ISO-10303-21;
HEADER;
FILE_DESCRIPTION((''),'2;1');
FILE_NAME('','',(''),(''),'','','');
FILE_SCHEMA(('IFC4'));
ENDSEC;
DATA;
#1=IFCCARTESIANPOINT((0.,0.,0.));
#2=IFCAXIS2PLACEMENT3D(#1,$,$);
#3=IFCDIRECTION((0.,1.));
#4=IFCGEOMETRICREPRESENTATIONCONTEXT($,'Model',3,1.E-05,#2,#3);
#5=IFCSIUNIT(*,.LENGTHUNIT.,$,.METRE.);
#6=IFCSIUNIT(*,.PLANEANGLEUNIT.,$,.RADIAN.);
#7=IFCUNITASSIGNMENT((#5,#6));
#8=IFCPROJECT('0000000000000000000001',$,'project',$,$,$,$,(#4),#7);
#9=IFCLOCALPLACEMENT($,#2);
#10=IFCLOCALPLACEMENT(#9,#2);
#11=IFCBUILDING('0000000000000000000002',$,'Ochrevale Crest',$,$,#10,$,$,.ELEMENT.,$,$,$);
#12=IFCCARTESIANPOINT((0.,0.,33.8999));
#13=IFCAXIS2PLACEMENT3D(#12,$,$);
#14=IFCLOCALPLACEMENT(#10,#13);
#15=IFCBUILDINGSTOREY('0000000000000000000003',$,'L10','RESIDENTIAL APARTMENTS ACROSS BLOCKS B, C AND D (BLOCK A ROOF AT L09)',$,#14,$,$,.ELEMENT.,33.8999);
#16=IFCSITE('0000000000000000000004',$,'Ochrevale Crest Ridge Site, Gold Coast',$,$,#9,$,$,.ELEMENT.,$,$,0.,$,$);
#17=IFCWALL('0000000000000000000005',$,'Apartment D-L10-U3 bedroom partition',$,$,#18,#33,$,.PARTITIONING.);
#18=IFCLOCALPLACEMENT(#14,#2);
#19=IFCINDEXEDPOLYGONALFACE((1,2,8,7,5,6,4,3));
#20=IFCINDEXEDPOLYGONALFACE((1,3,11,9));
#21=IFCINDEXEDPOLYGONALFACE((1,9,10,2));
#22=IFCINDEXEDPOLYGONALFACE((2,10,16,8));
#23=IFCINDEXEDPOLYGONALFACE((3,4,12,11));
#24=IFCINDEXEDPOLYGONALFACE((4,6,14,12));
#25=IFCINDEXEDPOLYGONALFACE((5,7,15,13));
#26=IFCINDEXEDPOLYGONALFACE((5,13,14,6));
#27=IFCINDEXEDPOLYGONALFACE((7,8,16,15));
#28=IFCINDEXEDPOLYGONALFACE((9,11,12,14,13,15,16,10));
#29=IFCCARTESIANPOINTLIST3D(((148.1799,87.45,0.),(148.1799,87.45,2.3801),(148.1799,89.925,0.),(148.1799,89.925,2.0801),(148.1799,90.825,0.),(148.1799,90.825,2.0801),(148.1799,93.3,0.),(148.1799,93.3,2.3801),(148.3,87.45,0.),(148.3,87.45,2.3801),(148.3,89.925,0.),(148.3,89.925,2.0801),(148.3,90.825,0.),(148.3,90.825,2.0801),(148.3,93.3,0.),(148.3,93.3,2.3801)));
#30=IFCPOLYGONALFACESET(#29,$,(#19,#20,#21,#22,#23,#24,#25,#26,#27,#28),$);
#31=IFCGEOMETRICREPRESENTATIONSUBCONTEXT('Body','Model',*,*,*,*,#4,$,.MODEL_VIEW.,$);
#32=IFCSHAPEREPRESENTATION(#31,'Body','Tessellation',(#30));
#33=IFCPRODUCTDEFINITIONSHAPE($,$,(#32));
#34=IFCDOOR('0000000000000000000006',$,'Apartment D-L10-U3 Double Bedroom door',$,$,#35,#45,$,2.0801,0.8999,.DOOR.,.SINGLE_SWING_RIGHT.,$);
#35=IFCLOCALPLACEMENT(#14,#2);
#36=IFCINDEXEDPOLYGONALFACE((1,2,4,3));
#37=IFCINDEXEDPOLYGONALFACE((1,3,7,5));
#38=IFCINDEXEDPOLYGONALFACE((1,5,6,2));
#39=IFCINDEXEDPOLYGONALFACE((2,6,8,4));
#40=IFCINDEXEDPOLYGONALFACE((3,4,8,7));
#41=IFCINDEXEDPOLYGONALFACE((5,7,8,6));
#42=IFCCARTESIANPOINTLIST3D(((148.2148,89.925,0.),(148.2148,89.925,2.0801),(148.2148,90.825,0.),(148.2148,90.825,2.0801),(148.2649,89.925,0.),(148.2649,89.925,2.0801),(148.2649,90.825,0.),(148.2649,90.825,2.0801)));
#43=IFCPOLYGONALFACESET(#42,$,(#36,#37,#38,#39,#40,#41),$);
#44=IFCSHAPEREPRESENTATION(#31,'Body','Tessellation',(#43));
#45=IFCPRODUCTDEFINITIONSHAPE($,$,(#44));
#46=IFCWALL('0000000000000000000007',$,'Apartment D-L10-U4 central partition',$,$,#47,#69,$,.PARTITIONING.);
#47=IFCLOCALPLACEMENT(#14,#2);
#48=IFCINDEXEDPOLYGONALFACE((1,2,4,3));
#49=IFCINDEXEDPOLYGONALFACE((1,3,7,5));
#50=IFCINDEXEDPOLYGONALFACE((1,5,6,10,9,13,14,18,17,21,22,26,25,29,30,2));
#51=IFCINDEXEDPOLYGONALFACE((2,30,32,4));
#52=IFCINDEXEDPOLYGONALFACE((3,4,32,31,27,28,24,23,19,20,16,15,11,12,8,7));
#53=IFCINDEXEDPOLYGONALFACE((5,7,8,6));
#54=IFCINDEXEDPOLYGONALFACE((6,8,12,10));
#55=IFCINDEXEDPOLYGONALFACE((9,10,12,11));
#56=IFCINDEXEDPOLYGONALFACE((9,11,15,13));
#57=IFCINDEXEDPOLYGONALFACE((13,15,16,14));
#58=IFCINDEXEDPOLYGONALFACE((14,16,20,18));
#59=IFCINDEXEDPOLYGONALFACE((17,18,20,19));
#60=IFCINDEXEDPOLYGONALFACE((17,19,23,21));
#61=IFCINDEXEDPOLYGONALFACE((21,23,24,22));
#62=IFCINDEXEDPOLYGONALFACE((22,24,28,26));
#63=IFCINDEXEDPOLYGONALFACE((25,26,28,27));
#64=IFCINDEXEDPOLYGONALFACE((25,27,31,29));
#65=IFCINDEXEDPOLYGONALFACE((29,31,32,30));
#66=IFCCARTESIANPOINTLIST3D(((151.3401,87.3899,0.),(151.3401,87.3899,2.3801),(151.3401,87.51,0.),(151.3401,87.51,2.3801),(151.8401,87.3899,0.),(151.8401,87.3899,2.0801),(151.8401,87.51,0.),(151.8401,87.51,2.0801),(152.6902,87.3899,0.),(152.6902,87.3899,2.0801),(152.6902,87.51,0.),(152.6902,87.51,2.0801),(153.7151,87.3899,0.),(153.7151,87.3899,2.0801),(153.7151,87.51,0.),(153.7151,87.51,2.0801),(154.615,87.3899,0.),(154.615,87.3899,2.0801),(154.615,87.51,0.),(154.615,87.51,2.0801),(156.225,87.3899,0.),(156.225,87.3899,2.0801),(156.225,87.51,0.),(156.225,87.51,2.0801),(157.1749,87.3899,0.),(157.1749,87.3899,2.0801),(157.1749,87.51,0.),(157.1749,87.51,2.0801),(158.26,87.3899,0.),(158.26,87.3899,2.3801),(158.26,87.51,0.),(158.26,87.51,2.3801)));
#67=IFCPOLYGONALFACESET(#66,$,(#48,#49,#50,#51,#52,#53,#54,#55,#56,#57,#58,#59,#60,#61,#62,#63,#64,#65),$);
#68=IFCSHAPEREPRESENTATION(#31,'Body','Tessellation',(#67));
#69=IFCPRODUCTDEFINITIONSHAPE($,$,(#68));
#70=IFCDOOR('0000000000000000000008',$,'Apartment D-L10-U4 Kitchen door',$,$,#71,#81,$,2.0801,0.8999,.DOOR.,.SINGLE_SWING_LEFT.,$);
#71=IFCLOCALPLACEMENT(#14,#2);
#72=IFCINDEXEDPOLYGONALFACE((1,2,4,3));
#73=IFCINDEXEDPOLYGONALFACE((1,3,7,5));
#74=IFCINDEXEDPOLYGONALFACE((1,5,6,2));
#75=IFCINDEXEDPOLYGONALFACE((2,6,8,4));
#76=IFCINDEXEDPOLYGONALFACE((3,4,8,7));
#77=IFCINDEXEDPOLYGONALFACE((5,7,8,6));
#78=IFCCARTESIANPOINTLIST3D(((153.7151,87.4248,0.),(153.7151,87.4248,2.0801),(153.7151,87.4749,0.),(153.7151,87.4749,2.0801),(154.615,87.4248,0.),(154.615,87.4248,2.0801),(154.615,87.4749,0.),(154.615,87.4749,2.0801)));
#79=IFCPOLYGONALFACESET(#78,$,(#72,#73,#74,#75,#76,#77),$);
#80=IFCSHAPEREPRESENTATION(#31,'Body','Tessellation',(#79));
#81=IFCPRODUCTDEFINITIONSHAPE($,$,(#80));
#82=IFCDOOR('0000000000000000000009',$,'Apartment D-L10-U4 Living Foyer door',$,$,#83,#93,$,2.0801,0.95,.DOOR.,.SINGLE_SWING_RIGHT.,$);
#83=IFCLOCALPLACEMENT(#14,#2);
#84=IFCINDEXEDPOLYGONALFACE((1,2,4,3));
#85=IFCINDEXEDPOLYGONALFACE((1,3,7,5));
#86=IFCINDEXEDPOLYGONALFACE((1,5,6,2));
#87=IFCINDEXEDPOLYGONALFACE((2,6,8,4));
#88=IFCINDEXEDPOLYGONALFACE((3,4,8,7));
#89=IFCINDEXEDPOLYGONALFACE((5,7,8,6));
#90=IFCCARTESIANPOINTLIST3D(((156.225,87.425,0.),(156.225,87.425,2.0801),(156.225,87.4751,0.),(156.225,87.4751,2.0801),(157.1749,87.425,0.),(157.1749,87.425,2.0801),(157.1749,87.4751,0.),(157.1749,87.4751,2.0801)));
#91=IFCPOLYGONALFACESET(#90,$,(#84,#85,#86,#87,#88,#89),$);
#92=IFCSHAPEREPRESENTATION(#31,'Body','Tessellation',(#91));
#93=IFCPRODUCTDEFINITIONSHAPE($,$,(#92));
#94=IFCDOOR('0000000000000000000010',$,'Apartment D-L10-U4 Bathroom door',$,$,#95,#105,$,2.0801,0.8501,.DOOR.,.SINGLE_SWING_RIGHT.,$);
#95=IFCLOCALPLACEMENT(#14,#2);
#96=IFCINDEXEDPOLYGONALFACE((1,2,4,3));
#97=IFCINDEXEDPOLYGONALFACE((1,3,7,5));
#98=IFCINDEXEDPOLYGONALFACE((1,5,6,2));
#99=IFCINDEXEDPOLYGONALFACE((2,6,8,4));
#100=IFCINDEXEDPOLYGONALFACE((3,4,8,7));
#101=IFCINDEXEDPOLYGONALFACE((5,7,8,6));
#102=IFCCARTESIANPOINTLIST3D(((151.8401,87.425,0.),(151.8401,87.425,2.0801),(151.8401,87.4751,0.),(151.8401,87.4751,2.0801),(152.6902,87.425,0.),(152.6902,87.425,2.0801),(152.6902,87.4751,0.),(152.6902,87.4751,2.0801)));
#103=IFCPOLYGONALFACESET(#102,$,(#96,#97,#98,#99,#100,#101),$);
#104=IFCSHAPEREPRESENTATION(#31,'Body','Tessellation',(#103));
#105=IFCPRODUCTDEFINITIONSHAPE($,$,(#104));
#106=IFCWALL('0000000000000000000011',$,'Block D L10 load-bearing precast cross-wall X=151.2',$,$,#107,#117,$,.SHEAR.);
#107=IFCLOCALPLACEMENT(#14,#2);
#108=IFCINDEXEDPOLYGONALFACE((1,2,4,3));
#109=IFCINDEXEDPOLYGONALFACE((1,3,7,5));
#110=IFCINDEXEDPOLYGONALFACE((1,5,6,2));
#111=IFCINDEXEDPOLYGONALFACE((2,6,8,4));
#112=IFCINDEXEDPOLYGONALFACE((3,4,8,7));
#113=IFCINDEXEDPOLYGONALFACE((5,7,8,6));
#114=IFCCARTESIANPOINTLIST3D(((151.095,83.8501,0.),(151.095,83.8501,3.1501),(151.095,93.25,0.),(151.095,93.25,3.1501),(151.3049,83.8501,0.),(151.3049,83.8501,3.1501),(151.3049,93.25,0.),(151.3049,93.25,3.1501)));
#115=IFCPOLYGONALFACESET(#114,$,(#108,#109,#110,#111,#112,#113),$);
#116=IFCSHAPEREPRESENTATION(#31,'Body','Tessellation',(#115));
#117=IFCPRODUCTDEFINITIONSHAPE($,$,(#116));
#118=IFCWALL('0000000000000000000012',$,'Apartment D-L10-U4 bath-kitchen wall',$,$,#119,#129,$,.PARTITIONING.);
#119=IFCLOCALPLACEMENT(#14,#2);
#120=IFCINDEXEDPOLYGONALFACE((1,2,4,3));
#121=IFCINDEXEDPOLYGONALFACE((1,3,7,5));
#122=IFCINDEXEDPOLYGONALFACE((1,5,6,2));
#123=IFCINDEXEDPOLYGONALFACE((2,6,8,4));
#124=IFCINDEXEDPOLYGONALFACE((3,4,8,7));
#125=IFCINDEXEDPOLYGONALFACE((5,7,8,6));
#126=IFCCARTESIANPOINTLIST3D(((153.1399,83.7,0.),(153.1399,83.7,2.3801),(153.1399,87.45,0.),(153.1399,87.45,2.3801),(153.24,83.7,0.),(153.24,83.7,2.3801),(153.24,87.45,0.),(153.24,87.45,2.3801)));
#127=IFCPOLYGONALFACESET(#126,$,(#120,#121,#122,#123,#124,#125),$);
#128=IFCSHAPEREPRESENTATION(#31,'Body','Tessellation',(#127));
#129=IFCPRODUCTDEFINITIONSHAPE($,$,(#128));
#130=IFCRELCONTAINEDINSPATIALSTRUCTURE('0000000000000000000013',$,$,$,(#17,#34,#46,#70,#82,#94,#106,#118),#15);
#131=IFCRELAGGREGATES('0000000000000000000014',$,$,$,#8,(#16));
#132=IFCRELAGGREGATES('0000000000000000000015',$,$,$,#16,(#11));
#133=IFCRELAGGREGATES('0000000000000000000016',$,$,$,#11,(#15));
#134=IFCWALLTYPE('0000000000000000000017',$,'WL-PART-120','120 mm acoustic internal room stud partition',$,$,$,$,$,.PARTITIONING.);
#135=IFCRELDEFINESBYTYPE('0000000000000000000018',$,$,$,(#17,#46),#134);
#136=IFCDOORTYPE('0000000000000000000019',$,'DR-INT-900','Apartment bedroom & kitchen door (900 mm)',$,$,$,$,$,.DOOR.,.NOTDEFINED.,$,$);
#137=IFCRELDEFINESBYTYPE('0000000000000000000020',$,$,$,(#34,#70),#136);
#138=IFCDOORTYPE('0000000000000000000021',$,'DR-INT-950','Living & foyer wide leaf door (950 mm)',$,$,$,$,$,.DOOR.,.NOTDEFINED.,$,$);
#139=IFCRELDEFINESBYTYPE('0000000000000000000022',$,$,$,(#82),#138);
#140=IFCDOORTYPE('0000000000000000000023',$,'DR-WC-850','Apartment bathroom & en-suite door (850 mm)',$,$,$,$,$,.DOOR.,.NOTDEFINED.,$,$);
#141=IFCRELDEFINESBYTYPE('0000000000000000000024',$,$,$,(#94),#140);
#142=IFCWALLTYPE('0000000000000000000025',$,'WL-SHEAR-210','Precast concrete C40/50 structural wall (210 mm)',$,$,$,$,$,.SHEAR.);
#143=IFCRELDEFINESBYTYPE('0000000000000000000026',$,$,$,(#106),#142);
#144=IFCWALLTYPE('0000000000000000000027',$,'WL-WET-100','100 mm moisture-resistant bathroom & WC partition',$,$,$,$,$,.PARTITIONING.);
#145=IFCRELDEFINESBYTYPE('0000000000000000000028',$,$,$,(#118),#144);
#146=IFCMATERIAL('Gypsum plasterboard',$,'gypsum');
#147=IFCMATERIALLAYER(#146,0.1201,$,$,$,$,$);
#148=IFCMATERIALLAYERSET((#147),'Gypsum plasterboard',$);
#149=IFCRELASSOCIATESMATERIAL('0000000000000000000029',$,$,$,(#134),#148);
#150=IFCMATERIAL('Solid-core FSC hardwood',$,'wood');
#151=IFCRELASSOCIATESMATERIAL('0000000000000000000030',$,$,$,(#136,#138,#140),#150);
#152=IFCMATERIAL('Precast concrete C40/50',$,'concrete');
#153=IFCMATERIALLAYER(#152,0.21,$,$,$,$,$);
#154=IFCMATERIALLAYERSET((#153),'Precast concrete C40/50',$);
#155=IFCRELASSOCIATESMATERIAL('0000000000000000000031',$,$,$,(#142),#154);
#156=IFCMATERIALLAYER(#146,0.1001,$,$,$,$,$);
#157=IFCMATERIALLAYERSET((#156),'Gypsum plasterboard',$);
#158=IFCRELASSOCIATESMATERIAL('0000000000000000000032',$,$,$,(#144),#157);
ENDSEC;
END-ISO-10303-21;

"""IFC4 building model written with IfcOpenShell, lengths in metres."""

from ifc_helpers import new_model, si_unit, direction, frame, frame_2d, origin, place, context, subcontext, project, spatial, rectangle, extrude, material, layer, layer_set, type_object, element, fill, save


model = new_model("IFC4")

# Units and contexts
model_context = context("Model", 3, precision=1e-05, world=origin(), true_north=direction((0.0, 1.0)))
body_context = subcontext(model_context, "Body", "Model", "MODEL_VIEW")
ifc_project = project(units=[si_unit("LENGTHUNIT", "METRE"), si_unit("PLANEANGLEUNIT", "RADIAN")], contexts=[model_context])

# Site, building, storey
site_placement = place(None, origin())
site = spatial("IfcSite", under=ifc_project, at=site_placement, Name="Ochrevale Crest Ridge Site, Gold Coast", CompositionType="ELEMENT", RefElevation=0.0)
building_placement = place(site_placement, origin())
building = spatial("IfcBuilding", under=site, at=building_placement, Name="Ochrevale Crest", CompositionType="ELEMENT")
storey_placement = place(building_placement, frame((0.0, 0.0, 33.8999)))
storey = spatial("IfcBuildingStorey", under=building, at=storey_placement, Name="L10", Description="RESIDENTIAL APARTMENTS ACROSS BLOCKS B, C AND D (BLOCK A ROOF AT L09)", CompositionType="ELEMENT", Elevation=33.8999)

# Shared definitions
ifc_material_1 = material(Name="Gypsum plasterboard", Category="gypsum")
ifc_material_2 = material(Name="Solid-core FSC hardwood", Category="wood")

# Shared definitions
ifc_layer_1 = layer(ifc_material_1, 0.1201)
ifc_layer_set_1 = layer_set([ifc_layer_1], Name="Gypsum plasterboard")
wall_type_1 = type_object("IfcWallType", Name="WL-PART-120", Description="120 mm acoustic internal room stud partition", PredefinedType="PARTITIONING", material=ifc_layer_set_1)

# Wall, opening, door
wall_1_placement = place(storey_placement, frame((148.24, 87.45, 0.0), z_axis=(0.0, 0.0, 1.0), x_axis=(0.0, 1.0, 0.0)))
wall_1 = element("IfcWall", 1, at=wall_1_placement, inside=storey, type_object=wall_type_1, Name="Apartment D-L10-U3 bedroom partition", PredefinedType="PARTITIONING", context=body_context, shape_type="SweptSolid", body=[
    extrude(rectangle(XDim=5.8501, YDim=0.1201, at=frame_2d((2.925, 0.0))), origin(), (0.0, 0.0, 1.0), 2.3801),
])
opening_1_placement = place(wall_1_placement, frame((3.375, 0.0, 0.0), z_axis=(0.0, 0.0, 1.0), x_axis=(-1.0, 0.0, 0.0)))
opening_1 = element("IfcOpeningElement", 2, at=opening_1_placement, cuts=wall_1, PredefinedType="OPENING", context=body_context, shape_type="SweptSolid", body=[
    extrude(rectangle(XDim=0.8999, YDim=2.0801, at=frame_2d((0.45, 1.04))), frame((0.0, 0.0701, 0.0), z_axis=(0.0, -1.0, 0.0), x_axis=(1.0, 0.0, 0.0)), (0.0, 0.0, 1.0), 0.1401),
])
door_type_1 = type_object("IfcDoorType", Name="DR-INT-900", Description="Apartment bedroom & kitchen door (900 mm)", OperationType="NOTDEFINED", PredefinedType="DOOR", material=ifc_material_2)
door_1_placement = place(opening_1_placement, origin())
door_1 = element("IfcDoor", 3, at=door_1_placement, inside=storey, type_object=door_type_1, Name="Apartment D-L10-U3 Double Bedroom door", OperationType="SINGLE_SWING_RIGHT", OverallHeight=2.0801, OverallWidth=0.8999, PredefinedType="DOOR", context=body_context, shape_type="SweptSolid", body=[
    extrude(rectangle(XDim=0.8999, YDim=2.0801, at=frame_2d((0.45, 1.04))), frame((0.0, 0.0249, 0.0), z_axis=(0.0, -1.0, 0.0), x_axis=(1.0, 0.0, 0.0)), (0.0, 0.0, 1.0), 0.05),
])
fill(opening_1, door_1)

# Wall, openings, doors
wall_2_placement = place(storey_placement, frame((151.3401, 87.45, 0.0), z_axis=(0.0, 0.0, 1.0), x_axis=(1.0, 0.0, 0.0)))
wall_2 = element("IfcWall", 4, at=wall_2_placement, inside=storey, type_object=wall_type_1, Name="Apartment D-L10-U4 central partition", PredefinedType="PARTITIONING", context=body_context, shape_type="SweptSolid", body=[
    extrude(rectangle(XDim=6.9199, YDim=0.1201, at=frame_2d((3.46, 0.0))), origin(), (0.0, 0.0, 1.0), 2.3801),
])
opening_2_placement = place(wall_2_placement, frame((1.3501, 0.0, 0.0), z_axis=(0.0, 0.0, 1.0), x_axis=(-1.0, 0.0, 0.0)))
opening_2 = element("IfcOpeningElement", 5, at=opening_2_placement, cuts=wall_2, PredefinedType="OPENING", context=body_context, shape_type="SweptSolid", body=[
    extrude(rectangle(XDim=0.8501, YDim=2.0801, at=frame_2d((0.425, 1.04))), frame((0.0, 0.0701, 0.0), z_axis=(0.0, -1.0, 0.0), x_axis=(1.0, 0.0, 0.0)), (0.0, 0.0, 1.0), 0.1401),
])
opening_3_placement = place(wall_2_placement, frame((2.375, 0.0, 0.0)))
opening_3 = element("IfcOpeningElement", 6, at=opening_3_placement, cuts=wall_2, PredefinedType="OPENING", context=body_context, shape_type="SweptSolid", body=[
    extrude(rectangle(XDim=0.8999, YDim=2.0801, at=frame_2d((0.45, 1.04))), frame((0.0, 0.0701, 0.0), z_axis=(0.0, -1.0, 0.0), x_axis=(1.0, 0.0, 0.0)), (0.0, 0.0, 1.0), 0.1401),
])
opening_4_placement = place(wall_2_placement, frame((5.835, 0.0, 0.0), z_axis=(0.0, 0.0, 1.0), x_axis=(-1.0, 0.0, 0.0)))
opening_4 = element("IfcOpeningElement", 7, at=opening_4_placement, cuts=wall_2, PredefinedType="OPENING", context=body_context, shape_type="SweptSolid", body=[
    extrude(rectangle(XDim=0.95, YDim=2.0801, at=frame_2d((0.4751, 1.04))), frame((0.0, 0.0701, 0.0), z_axis=(0.0, -1.0, 0.0), x_axis=(1.0, 0.0, 0.0)), (0.0, 0.0, 1.0), 0.1401),
])
door_2_placement = place(opening_3_placement, origin())
door_2 = element("IfcDoor", 8, at=door_2_placement, inside=storey, type_object=door_type_1, Name="Apartment D-L10-U4 Kitchen door", OperationType="SINGLE_SWING_LEFT", OverallHeight=2.0801, OverallWidth=0.8999, PredefinedType="DOOR", context=body_context, shape_type="SweptSolid", body=[
    extrude(rectangle(XDim=0.8999, YDim=2.0801, at=frame_2d((0.45, 1.04))), frame((0.0, 0.0249, 0.0), z_axis=(0.0, -1.0, 0.0), x_axis=(1.0, 0.0, 0.0)), (0.0, 0.0, 1.0), 0.05),
])
fill(opening_3, door_2)
door_type_2 = type_object("IfcDoorType", Name="DR-INT-950", Description="Living & foyer wide leaf door (950 mm)", OperationType="NOTDEFINED", PredefinedType="DOOR", material=ifc_material_2)
door_3_placement = place(opening_4_placement, origin())
door_3 = element("IfcDoor", 9, at=door_3_placement, inside=storey, type_object=door_type_2, Name="Apartment D-L10-U4 Living Foyer door", OperationType="SINGLE_SWING_RIGHT", OverallHeight=2.0801, OverallWidth=0.95, PredefinedType="DOOR", context=body_context, shape_type="SweptSolid", body=[
    extrude(rectangle(XDim=0.95, YDim=2.0801, at=frame_2d((0.4751, 1.04))), frame((0.0, 0.0249, 0.0), z_axis=(0.0, -1.0, 0.0), x_axis=(1.0, 0.0, 0.0)), (0.0, 0.0, 1.0), 0.05),
])
fill(opening_4, door_3)
door_type_3 = type_object("IfcDoorType", Name="DR-WC-850", Description="Apartment bathroom & en-suite door (850 mm)", OperationType="NOTDEFINED", PredefinedType="DOOR", material=ifc_material_2)
door_4_placement = place(opening_2_placement, origin())
door_4 = element("IfcDoor", 10, at=door_4_placement, inside=storey, type_object=door_type_3, Name="Apartment D-L10-U4 Bathroom door", OperationType="SINGLE_SWING_RIGHT", OverallHeight=2.0801, OverallWidth=0.8501, PredefinedType="DOOR", context=body_context, shape_type="SweptSolid", body=[
    extrude(rectangle(XDim=0.8501, YDim=2.0801, at=frame_2d((0.425, 1.04))), frame((0.0, 0.0249, 0.0), z_axis=(0.0, -1.0, 0.0), x_axis=(1.0, 0.0, 0.0)), (0.0, 0.0, 1.0), 0.05),
])
fill(opening_2, door_4)

# Walls
ifc_material_3 = material(Name="Precast concrete C40/50", Category="concrete")
ifc_layer_2 = layer(ifc_material_3, 0.21)
ifc_layer_set_2 = layer_set([ifc_layer_2], Name="Precast concrete C40/50")
wall_type_2 = type_object("IfcWallType", Name="WL-SHEAR-210", Description="Precast concrete C40/50 structural wall (210 mm)", PredefinedType="SHEAR", material=ifc_layer_set_2)
wall_3_placement = place(storey_placement, frame((151.2, 83.8501, 0.0), z_axis=(0.0, 0.0, 1.0), x_axis=(0.0, 1.0, 0.0)))
element("IfcWall", 11, at=wall_3_placement, inside=storey, type_object=wall_type_2, Name="Block D L10 load-bearing precast cross-wall X=151.2", PredefinedType="SHEAR", context=body_context, shape_type="SweptSolid", body=[
    extrude(rectangle(XDim=9.3999, YDim=0.21, at=frame_2d((4.7, 0.0))), origin(), (0.0, 0.0, 1.0), 3.1501),
])
ifc_layer_3 = layer(ifc_material_1, 0.1001)
ifc_layer_set_3 = layer_set([ifc_layer_3], Name="Gypsum plasterboard")
wall_type_3 = type_object("IfcWallType", Name="WL-WET-100", Description="100 mm moisture-resistant bathroom & WC partition", PredefinedType="PARTITIONING", material=ifc_layer_set_3)
wall_4_placement = place(storey_placement, frame((153.1899, 83.7, 0.0), z_axis=(0.0, 0.0, 1.0), x_axis=(0.0, 1.0, 0.0)))
element("IfcWall", 12, at=wall_4_placement, inside=storey, type_object=wall_type_3, Name="Apartment D-L10-U4 bath-kitchen wall", PredefinedType="PARTITIONING", context=body_context, shape_type="SweptSolid", body=[
    extrude(rectangle(XDim=3.75, YDim=0.1001, at=frame_2d((1.875, 0.0))), origin(), (0.0, 0.0, 1.0), 2.3801),
])

save(model, "model.ifc")
